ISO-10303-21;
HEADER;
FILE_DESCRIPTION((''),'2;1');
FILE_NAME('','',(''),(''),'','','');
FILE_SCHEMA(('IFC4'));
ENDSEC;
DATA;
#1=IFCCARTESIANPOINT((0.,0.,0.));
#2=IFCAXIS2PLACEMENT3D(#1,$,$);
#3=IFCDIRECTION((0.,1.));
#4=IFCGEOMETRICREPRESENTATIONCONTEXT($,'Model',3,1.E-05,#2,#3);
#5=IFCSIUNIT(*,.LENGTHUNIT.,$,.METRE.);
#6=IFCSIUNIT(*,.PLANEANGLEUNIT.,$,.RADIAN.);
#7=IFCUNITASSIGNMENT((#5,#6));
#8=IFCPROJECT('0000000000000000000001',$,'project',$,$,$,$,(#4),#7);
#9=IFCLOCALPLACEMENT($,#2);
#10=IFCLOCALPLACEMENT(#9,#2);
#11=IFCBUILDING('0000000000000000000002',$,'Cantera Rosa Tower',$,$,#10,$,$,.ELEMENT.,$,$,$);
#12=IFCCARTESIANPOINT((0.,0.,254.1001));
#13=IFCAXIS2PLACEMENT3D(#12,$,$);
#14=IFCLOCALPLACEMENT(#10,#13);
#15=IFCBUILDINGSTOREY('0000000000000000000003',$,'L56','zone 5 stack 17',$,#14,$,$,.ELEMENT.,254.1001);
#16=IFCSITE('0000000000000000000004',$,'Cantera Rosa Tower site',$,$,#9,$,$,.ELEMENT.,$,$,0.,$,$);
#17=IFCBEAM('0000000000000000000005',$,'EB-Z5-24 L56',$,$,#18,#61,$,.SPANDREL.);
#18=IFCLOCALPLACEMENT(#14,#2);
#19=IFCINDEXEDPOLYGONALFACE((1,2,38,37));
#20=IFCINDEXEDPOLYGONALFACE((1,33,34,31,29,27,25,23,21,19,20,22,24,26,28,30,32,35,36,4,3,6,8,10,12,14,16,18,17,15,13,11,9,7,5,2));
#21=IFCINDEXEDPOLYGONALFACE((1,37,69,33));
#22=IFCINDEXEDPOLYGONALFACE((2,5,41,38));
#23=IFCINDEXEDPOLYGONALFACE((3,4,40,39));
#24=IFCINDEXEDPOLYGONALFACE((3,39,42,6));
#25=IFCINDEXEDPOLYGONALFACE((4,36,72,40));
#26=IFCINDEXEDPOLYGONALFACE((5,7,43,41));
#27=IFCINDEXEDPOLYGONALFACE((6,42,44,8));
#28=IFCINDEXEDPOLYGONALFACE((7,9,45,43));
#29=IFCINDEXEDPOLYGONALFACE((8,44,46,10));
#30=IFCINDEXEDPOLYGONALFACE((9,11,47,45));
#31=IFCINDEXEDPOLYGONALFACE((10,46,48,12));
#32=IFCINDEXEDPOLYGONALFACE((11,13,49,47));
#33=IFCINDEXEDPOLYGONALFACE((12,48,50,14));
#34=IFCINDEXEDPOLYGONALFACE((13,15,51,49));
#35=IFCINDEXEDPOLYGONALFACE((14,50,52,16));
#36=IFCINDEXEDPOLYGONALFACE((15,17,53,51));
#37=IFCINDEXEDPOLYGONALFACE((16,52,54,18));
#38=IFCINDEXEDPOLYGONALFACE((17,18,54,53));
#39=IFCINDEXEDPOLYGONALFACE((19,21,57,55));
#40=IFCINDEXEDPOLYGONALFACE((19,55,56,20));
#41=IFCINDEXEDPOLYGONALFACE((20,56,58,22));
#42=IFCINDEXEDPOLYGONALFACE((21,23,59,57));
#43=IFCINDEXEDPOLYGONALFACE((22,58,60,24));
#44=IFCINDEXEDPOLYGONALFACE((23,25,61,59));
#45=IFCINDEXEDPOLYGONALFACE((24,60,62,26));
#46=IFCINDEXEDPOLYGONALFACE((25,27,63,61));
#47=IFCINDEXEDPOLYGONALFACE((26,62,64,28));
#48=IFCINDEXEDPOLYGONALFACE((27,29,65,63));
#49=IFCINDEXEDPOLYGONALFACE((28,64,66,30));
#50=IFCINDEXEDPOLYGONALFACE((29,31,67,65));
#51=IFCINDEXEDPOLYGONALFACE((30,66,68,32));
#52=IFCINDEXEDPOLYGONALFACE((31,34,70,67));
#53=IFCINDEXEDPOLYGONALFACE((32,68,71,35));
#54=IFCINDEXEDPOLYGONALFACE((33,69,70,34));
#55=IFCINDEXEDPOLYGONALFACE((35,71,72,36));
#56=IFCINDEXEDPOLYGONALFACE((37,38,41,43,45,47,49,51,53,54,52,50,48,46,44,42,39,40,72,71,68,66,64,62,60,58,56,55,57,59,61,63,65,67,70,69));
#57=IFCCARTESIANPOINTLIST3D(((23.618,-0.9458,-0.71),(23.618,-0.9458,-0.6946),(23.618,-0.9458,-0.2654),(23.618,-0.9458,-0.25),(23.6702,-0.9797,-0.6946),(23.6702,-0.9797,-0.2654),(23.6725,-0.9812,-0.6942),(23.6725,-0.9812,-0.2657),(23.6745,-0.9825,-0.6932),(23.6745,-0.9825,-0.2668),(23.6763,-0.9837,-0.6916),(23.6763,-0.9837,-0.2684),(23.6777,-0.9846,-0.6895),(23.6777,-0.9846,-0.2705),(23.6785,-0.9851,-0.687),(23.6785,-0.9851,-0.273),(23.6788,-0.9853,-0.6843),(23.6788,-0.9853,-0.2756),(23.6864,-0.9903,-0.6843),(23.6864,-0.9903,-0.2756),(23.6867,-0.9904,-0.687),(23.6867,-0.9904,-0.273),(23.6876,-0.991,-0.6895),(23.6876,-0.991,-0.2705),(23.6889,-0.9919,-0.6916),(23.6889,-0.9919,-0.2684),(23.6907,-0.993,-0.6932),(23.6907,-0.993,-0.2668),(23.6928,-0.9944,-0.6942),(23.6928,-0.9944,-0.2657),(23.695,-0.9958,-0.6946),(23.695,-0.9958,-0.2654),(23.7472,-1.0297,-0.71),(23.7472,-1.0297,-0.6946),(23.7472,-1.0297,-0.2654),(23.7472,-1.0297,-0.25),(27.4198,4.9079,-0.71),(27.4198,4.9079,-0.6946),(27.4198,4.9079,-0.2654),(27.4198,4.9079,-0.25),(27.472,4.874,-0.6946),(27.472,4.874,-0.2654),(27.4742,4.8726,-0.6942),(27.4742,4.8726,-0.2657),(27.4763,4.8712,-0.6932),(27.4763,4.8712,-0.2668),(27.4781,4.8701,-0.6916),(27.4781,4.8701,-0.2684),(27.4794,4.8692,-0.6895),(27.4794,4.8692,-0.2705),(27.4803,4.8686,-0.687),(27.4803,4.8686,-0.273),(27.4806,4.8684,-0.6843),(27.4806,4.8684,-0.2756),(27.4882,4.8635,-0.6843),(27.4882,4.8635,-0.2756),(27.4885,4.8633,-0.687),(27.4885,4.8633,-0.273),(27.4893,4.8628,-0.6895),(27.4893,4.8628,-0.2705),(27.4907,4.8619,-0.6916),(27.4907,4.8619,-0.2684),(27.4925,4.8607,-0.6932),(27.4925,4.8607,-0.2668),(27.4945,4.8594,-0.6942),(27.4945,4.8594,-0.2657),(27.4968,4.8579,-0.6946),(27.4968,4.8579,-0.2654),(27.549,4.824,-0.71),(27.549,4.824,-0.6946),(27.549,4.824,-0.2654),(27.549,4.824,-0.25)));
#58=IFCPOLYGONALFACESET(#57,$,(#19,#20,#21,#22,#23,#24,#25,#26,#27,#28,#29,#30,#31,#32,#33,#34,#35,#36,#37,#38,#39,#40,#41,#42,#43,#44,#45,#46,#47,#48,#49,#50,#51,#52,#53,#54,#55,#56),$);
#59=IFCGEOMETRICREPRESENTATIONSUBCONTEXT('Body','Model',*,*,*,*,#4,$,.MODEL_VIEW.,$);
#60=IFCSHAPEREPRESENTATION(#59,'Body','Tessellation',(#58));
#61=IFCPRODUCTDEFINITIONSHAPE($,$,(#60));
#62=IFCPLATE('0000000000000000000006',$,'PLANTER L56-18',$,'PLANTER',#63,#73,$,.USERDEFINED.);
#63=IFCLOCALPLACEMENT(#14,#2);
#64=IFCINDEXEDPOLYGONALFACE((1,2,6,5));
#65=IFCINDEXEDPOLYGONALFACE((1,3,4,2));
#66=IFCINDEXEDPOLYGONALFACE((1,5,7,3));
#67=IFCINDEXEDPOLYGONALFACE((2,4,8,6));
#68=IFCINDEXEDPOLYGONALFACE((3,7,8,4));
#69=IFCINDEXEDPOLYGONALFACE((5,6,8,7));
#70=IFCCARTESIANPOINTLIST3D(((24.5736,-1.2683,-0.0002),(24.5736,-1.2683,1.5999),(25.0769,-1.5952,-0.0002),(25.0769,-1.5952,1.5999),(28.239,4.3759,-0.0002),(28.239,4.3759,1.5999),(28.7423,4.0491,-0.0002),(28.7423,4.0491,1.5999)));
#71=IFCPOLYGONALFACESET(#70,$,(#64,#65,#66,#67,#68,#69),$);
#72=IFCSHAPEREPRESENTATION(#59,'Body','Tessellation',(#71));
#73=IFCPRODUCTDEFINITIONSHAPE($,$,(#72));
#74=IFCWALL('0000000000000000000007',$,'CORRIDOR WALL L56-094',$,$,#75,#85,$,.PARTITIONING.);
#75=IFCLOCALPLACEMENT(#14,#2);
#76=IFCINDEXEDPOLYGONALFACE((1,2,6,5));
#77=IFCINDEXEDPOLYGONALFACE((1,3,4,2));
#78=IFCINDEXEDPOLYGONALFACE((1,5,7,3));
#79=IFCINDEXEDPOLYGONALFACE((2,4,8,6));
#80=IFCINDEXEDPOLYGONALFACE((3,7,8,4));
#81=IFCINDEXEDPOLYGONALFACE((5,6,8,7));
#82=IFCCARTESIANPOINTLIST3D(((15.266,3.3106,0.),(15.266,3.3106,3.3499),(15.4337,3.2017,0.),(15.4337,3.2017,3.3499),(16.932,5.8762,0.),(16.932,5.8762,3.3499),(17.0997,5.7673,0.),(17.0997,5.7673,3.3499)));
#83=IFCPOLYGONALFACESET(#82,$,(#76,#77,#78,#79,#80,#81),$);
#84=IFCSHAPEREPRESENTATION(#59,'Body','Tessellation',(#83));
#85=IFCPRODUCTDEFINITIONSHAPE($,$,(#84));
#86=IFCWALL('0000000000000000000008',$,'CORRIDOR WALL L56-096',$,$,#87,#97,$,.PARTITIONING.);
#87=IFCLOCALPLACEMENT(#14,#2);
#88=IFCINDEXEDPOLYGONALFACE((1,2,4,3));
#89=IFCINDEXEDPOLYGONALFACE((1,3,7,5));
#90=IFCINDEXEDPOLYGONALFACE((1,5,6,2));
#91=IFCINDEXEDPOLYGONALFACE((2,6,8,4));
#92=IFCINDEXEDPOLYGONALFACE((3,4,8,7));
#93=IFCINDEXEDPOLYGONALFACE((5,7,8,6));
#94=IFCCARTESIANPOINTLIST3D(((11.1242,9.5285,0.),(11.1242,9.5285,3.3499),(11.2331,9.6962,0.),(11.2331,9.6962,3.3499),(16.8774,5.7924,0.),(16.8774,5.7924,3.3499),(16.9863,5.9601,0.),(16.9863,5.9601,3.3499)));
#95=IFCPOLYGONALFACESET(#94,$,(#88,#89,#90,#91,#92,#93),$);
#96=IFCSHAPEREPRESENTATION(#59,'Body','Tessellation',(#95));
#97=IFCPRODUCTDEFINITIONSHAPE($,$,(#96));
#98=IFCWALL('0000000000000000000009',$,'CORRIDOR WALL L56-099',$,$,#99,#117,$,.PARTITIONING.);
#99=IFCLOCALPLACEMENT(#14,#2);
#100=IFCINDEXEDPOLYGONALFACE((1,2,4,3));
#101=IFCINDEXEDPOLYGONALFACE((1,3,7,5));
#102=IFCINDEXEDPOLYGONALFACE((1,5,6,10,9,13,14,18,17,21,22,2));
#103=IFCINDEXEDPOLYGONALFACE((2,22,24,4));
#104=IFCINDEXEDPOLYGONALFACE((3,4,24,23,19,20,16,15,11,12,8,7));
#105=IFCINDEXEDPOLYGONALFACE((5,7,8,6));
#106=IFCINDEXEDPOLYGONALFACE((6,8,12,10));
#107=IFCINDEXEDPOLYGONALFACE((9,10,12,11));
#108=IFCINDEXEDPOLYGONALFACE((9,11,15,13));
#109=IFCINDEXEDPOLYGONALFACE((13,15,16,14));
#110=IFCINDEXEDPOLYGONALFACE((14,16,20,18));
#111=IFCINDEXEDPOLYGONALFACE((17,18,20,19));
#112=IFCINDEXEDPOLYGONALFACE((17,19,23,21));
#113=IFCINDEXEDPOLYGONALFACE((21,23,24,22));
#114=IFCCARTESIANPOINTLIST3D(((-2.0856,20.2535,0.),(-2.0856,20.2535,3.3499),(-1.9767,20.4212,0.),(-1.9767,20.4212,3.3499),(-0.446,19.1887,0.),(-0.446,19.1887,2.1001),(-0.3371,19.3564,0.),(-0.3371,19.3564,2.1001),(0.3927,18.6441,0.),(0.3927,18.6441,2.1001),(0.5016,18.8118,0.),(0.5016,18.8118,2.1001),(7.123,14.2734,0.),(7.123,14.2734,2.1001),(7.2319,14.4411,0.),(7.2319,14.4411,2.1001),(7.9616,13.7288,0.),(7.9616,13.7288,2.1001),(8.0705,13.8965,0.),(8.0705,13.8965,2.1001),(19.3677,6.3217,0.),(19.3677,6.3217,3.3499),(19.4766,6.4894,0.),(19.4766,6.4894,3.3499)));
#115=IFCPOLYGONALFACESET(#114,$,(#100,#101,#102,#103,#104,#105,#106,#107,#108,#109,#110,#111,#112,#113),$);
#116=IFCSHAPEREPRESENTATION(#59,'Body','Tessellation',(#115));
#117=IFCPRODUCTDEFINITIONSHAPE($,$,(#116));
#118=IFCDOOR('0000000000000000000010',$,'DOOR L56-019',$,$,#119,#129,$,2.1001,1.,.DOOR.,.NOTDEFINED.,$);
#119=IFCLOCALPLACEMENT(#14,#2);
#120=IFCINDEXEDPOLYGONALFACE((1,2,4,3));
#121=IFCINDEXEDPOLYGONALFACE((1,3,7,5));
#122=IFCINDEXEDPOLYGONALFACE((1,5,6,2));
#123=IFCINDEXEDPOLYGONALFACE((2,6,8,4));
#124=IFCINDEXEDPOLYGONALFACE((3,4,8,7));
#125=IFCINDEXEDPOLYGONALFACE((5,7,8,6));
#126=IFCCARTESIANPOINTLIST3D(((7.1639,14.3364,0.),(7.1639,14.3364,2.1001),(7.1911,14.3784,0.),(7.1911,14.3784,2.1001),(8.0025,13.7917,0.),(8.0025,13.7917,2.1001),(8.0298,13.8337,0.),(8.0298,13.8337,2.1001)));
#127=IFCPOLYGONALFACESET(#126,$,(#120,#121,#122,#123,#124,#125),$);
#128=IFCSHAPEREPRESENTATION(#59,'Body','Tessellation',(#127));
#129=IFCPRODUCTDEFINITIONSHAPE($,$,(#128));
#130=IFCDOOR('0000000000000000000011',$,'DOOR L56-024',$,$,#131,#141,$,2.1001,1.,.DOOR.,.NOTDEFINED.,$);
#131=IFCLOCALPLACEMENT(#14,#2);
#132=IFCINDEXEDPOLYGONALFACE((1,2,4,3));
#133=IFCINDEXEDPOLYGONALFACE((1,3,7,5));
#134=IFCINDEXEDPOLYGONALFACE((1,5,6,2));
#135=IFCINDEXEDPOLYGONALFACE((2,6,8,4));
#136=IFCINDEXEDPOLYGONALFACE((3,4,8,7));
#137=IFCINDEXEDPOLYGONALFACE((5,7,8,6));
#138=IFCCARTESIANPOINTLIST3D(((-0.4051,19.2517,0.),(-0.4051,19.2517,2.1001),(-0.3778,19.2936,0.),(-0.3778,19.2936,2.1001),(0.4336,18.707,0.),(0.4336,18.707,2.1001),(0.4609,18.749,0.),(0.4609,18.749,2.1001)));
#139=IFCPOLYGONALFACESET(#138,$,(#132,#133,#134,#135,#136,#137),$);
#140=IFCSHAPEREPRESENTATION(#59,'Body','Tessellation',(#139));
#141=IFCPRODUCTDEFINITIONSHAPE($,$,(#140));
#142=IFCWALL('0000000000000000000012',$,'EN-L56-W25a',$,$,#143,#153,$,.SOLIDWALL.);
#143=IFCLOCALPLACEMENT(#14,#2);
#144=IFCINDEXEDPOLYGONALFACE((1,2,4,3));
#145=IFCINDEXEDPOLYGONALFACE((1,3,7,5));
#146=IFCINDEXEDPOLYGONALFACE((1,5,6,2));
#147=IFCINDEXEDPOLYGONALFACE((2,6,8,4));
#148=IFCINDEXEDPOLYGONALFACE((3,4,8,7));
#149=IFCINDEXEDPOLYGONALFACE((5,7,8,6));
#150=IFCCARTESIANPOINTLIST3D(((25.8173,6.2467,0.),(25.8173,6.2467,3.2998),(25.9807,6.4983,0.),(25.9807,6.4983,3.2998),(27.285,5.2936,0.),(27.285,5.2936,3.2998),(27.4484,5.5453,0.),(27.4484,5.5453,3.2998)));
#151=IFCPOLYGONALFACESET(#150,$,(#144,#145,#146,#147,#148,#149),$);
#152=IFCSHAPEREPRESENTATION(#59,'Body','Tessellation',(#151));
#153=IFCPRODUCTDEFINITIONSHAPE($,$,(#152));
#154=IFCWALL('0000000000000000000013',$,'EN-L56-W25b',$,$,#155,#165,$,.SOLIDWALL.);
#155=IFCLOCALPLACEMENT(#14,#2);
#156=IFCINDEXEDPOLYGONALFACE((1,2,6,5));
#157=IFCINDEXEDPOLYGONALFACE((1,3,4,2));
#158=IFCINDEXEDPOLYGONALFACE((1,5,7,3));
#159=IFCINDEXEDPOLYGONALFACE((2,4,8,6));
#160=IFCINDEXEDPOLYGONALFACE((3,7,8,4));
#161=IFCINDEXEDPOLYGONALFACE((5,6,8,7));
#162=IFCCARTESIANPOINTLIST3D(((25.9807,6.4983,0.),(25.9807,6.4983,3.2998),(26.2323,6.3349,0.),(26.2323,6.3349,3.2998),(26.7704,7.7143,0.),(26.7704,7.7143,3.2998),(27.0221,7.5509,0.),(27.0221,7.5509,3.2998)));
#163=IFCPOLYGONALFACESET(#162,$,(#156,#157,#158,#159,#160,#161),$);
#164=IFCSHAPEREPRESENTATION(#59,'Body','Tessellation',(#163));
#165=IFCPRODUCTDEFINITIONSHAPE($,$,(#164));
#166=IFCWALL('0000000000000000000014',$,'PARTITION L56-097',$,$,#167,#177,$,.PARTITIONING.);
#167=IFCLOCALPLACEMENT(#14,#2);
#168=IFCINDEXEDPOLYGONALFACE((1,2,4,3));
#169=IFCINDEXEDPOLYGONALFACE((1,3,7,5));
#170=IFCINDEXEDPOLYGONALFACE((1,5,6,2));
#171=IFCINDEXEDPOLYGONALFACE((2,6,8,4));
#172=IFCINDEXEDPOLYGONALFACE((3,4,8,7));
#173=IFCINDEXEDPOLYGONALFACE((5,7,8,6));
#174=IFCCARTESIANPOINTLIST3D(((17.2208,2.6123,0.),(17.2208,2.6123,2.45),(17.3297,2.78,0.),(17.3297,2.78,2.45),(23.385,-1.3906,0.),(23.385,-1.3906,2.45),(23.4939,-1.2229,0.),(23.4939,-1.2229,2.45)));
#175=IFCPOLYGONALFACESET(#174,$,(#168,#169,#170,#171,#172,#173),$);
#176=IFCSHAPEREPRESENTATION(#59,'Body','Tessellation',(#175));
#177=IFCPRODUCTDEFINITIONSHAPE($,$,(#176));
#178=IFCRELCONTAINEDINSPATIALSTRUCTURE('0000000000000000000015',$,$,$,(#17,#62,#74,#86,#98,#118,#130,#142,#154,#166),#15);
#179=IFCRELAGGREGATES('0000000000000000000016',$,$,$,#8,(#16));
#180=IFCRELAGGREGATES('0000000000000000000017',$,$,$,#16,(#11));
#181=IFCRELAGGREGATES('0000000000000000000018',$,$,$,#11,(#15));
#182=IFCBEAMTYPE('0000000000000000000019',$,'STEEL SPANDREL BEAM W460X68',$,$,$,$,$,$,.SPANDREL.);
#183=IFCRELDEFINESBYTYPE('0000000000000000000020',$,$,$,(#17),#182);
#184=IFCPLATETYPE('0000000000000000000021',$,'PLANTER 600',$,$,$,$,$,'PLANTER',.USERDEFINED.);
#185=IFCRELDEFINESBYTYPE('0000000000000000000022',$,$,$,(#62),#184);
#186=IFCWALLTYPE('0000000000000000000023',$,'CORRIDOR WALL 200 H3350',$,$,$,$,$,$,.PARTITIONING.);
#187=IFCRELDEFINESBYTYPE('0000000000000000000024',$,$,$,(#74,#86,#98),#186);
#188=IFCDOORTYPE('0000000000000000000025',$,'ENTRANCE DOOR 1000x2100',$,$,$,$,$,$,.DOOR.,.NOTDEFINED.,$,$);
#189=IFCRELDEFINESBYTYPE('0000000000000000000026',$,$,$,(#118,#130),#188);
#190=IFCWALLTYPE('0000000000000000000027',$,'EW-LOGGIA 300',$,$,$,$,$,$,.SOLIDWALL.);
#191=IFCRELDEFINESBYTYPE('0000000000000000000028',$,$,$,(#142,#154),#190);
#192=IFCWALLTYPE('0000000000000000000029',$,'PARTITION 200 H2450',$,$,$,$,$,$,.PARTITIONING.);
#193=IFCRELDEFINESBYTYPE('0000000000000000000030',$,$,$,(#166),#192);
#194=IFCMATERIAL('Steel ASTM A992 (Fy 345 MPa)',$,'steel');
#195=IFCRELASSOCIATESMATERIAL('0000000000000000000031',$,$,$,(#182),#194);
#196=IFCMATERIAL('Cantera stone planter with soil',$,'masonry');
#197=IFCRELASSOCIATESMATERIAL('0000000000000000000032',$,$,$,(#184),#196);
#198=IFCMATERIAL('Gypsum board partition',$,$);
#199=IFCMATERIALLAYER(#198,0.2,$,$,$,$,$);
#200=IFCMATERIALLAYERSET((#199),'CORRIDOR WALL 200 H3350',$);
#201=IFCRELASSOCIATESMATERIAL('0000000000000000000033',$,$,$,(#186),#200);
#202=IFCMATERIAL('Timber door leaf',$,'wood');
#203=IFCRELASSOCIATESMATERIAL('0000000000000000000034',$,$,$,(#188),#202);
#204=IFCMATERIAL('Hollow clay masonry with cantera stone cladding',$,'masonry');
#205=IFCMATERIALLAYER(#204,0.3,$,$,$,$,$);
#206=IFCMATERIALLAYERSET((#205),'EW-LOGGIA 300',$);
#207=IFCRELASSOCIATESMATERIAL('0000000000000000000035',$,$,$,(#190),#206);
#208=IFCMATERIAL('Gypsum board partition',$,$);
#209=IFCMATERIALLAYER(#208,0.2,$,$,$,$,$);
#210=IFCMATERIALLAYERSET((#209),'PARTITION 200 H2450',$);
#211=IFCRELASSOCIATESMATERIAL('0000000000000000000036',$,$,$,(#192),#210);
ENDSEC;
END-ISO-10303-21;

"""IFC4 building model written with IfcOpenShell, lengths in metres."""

from ifc_helpers import new_model, si_unit, direction, frame, frame_2d, origin, origin_2d, place, context, subcontext, project, spatial, rectangle, i_section, extrude, material, layer, layer_set, material_profile, profile_set, type_object, element, fill, save


model = new_model("IFC4")

# Units and contexts
model_context = context("Model", 3, precision=1e-05, world=origin(), true_north=direction((0.0, 1.0)))
body_context = subcontext(model_context, "Body", "Model", "MODEL_VIEW")
ifc_project = project(units=[si_unit("LENGTHUNIT", "METRE"), si_unit("PLANEANGLEUNIT", "RADIAN")], contexts=[model_context])

# Site, building, storey
site_placement = place(None, origin())
site = spatial("IfcSite", under=ifc_project, at=site_placement, Name="Cantera Rosa Tower site", CompositionType="ELEMENT", RefElevation=0.0)
building_placement = place(site_placement, origin())
building = spatial("IfcBuilding", under=site, at=building_placement, Name="Cantera Rosa Tower", CompositionType="ELEMENT")
storey_placement = place(building_placement, frame((0.0, 0.0, 254.1001)))
storey = spatial("IfcBuildingStorey", under=building, at=storey_placement, Name="L56", Description="zone 5 stack 17", CompositionType="ELEMENT", Elevation=254.1001)

# Beam
ifc_material_1 = material(Name="Steel ASTM A992 (Fy 345 MPa)", Category="steel")
ifc_material_profile_1 = material_profile(ifc_material_1, i_section(OverallWidth=0.1541, OverallDepth=0.46, WebThickness=0.009, FlangeThickness=0.0154, FilletRadius=0.0103, at=origin_2d()), Name="W460X68")
ifc_profile_set_1 = profile_set([ifc_material_profile_1], Name="Steel ASTM A992 (Fy 345 MPa)")
beam_type_1 = type_object("IfcBeamType", Name="STEEL SPANDREL BEAM W460X68", PredefinedType="SPANDREL", material=ifc_profile_set_1)
beam_1_placement = place(storey_placement, frame((23.6826, -0.9878, -0.48), z_axis=(0.544667, 0.838652, 0.0), x_axis=(-0.838652, 0.544667, 0.0)))
element("IfcBeam", 1, at=beam_1_placement, inside=storey, type_object=beam_type_1, Name="EB-Z5-24 L56", PredefinedType="SPANDREL", context=body_context, shape_type="SweptSolid", body=[
    extrude(i_section(OverallWidth=0.1541, OverallDepth=0.46, WebThickness=0.009, FlangeThickness=0.0154, FilletRadius=0.0103, at=origin_2d()), origin(), (0.0, 0.0, 1.0), 6.98),
])

# Plate
ifc_material_2 = material(Name="Cantera stone planter with soil", Category="masonry")
plate_type = type_object("IfcPlateType", Name="PLANTER 600", ElementType="PLANTER", PredefinedType="USERDEFINED", material=ifc_material_2)
plate_placement = place(storey_placement, frame((26.658, 1.3904, -0.0002), z_axis=(0.0, 0.0, 1.0), x_axis=(0.544639, 0.838671, 0.0)))
element("IfcPlate", 2, at=plate_placement, inside=storey, type_object=plate_type, Name="PLANTER L56-18", ObjectType="PLANTER", PredefinedType="USERDEFINED", context=body_context, shape_type="SweptSolid", body=[
    extrude(rectangle(XDim=6.73, YDim=0.6001, at=origin_2d()), origin(), (0.0, 0.0, 1.0), 1.6001),
])

# Walls
ifc_material_3 = material(Name="Gypsum board partition")
ifc_layer_1 = layer(ifc_material_3, 0.2)
ifc_layer_set_1 = layer_set([ifc_layer_1], Name="CORRIDOR WALL 200 H3350")
wall_type_1 = type_object("IfcWallType", Name="CORRIDOR WALL 200 H3350", PredefinedType="PARTITIONING", material=ifc_layer_set_1)
wall_1_placement = place(storey_placement, frame((15.3499, 3.2561, 0.0), z_axis=(0.0, 0.0, 1.0), x_axis=(0.544604, 0.838693, 0.0)))
element("IfcWall", 3, at=wall_1_placement, inside=storey, type_object=wall_type_1, Name="CORRIDOR WALL L56-094", PredefinedType="PARTITIONING", context=body_context, shape_type="SweptSolid", body=[
    extrude(rectangle(XDim=3.0591, YDim=0.2, at=frame_2d((1.5295, 0.0))), origin(), (0.0, 0.0, 1.0), 3.3499),
])
wall_2_placement = place(storey_placement, frame((16.9319, 5.8762, 0.0), z_axis=(0.0, 0.0, 1.0), x_axis=(-0.838675, 0.544632, 0.0)))
element("IfcWall", 4, at=wall_2_placement, inside=storey, type_object=wall_type_1, Name="CORRIDOR WALL L56-096", PredefinedType="PARTITIONING", context=body_context, shape_type="SweptSolid", body=[
    extrude(rectangle(XDim=6.8599, YDim=0.2, at=frame_2d((3.4299, 0.0))), origin(), (0.0, 0.0, 1.0), 3.3499),
])

# Wall, openings, doors
wall_3_placement = place(storey_placement, frame((19.4221, 6.4055, 0.0), z_axis=(0.0, 0.0, 1.0), x_axis=(-0.838672, 0.544636, 0.0)))
wall_3 = element("IfcWall", 5, at=wall_3_placement, inside=storey, type_object=wall_type_1, Name="CORRIDOR WALL L56-099", PredefinedType="PARTITIONING", context=body_context, shape_type="SweptSolid", body=[
    extrude(rectangle(XDim=25.5801, YDim=0.2, at=frame_2d((12.79, 0.0))), origin(), (0.0, 0.0, 1.0), 3.3499),
])
opening_1_placement = place(wall_3_placement, frame((13.6001, 0.0, 0.0)))
opening_1 = element("IfcOpeningElement", 6, at=opening_1_placement, cuts=wall_3, PredefinedType="OPENING", context=body_context, shape_type="SweptSolid", body=[
    extrude(rectangle(XDim=1.0, YDim=2.1001, at=frame_2d((0.5, 1.05))), frame((0.0, 0.1099, 0.0), z_axis=(0.0, -1.0, 0.0), x_axis=(1.0, 0.0, 0.0)), (0.0, 0.0, 1.0), 0.22),
])
opening_2_placement = place(wall_3_placement, frame((22.625, 0.0, 0.0)))
opening_2 = element("IfcOpeningElement", 7, at=opening_2_placement, cuts=wall_3, PredefinedType="OPENING", context=body_context, shape_type="SweptSolid", body=[
    extrude(rectangle(XDim=1.0, YDim=2.1001, at=frame_2d((0.5, 1.05))), frame((0.0, 0.1099, 0.0), z_axis=(0.0, -1.0, 0.0), x_axis=(1.0, 0.0, 0.0)), (0.0, 0.0, 1.0), 0.22),
])
ifc_material_4 = material(Name="Timber door leaf", Category="wood")
door_type_1 = type_object("IfcDoorType", Name="ENTRANCE DOOR 1000x2100", OperationType="NOTDEFINED", PredefinedType="DOOR", material=ifc_material_4)
door_1_placement = place(opening_1_placement, origin())
door_1 = element("IfcDoor", 8, at=door_1_placement, inside=storey, type_object=door_type_1, Name="DOOR L56-019", OperationType="NOTDEFINED", OverallHeight=2.1001, OverallWidth=1.0, PredefinedType="DOOR", context=body_context, shape_type="SweptSolid", body=[
    extrude(rectangle(XDim=1.0, YDim=2.1001, at=frame_2d((0.5, 1.05))), frame((0.0, 0.0249, 0.0), z_axis=(0.0, -1.0, 0.0), x_axis=(1.0, 0.0, 0.0)), (0.0, 0.0, 1.0), 0.05),
])
fill(opening_1, door_1)
door_2_placement = place(opening_2_placement, origin())
door_2 = element("IfcDoor", 9, at=door_2_placement, inside=storey, type_object=door_type_1, Name="DOOR L56-024", OperationType="NOTDEFINED", OverallHeight=2.1001, OverallWidth=1.0, PredefinedType="DOOR", context=body_context, shape_type="SweptSolid", body=[
    extrude(rectangle(XDim=1.0, YDim=2.1001, at=frame_2d((0.5, 1.05))), frame((0.0, 0.0249, 0.0), z_axis=(0.0, -1.0, 0.0), x_axis=(1.0, 0.0, 0.0)), (0.0, 0.0, 1.0), 0.05),
])
fill(opening_2, door_2)

# Walls
ifc_material_5 = material(Name="Hollow clay masonry with cantera stone cladding", Category="masonry")
ifc_layer_2 = layer(ifc_material_5, 0.3)
ifc_layer_set_2 = layer_set([ifc_layer_2], Name="EW-LOGGIA 300")
wall_type_2 = type_object("IfcWallType", Name="EW-LOGGIA 300", PredefinedType="SOLIDWALL", material=ifc_layer_set_2)
wall_4_placement = place(storey_placement, frame((27.3667, 5.4194, 0.0), z_axis=(0.0, 0.0, 1.0), x_axis=(-0.838686, 0.544616, 0.0)))
element("IfcWall", 10, at=wall_4_placement, inside=storey, type_object=wall_type_2, Name="EN-L56-W25a", PredefinedType="SOLIDWALL", context=body_context, shape_type="SweptSolid", body=[
    extrude(rectangle(XDim=1.75, YDim=0.3, at=frame_2d((0.875, 0.0))), origin(), (0.0, 0.0, 1.0), 3.2998),
])
wall_5_placement = place(storey_placement, frame((26.1064, 6.4165, 0.0), z_axis=(0.0, 0.0, 1.0), x_axis=(0.544675, 0.838647, 0.0)))
element("IfcWall", 11, at=wall_5_placement, inside=storey, type_object=wall_type_2, Name="EN-L56-W25b", PredefinedType="SOLIDWALL", context=body_context, shape_type="SweptSolid", body=[
    extrude(rectangle(XDim=1.45, YDim=0.3, at=frame_2d((0.7251, 0.0))), origin(), (0.0, 0.0, 1.0), 3.2998),
])

# Wall
ifc_material_6 = material(Name="Gypsum board partition")
ifc_layer_3 = layer(ifc_material_6, 0.2)
ifc_layer_set_3 = layer_set([ifc_layer_3], Name="PARTITION 200 H2450")
wall_type_3 = type_object("IfcWallType", Name="PARTITION 200 H2450", PredefinedType="PARTITIONING", material=ifc_layer_set_3)
wall_6_placement = place(storey_placement, frame((17.2754, 2.696, 0.0), z_axis=(0.0, 0.0, 1.0), x_axis=(0.838684, -0.544618, 0.0)))
element("IfcWall", 12, at=wall_6_placement, inside=storey, type_object=wall_type_3, Name="PARTITION L56-097", PredefinedType="PARTITIONING", context=body_context, shape_type="SweptSolid", body=[
    extrude(rectangle(XDim=7.3499, YDim=0.2, at=frame_2d((3.6748, 0.0))), origin(), (0.0, 0.0, 1.0), 2.45),
])

save(model, "model.ifc")
